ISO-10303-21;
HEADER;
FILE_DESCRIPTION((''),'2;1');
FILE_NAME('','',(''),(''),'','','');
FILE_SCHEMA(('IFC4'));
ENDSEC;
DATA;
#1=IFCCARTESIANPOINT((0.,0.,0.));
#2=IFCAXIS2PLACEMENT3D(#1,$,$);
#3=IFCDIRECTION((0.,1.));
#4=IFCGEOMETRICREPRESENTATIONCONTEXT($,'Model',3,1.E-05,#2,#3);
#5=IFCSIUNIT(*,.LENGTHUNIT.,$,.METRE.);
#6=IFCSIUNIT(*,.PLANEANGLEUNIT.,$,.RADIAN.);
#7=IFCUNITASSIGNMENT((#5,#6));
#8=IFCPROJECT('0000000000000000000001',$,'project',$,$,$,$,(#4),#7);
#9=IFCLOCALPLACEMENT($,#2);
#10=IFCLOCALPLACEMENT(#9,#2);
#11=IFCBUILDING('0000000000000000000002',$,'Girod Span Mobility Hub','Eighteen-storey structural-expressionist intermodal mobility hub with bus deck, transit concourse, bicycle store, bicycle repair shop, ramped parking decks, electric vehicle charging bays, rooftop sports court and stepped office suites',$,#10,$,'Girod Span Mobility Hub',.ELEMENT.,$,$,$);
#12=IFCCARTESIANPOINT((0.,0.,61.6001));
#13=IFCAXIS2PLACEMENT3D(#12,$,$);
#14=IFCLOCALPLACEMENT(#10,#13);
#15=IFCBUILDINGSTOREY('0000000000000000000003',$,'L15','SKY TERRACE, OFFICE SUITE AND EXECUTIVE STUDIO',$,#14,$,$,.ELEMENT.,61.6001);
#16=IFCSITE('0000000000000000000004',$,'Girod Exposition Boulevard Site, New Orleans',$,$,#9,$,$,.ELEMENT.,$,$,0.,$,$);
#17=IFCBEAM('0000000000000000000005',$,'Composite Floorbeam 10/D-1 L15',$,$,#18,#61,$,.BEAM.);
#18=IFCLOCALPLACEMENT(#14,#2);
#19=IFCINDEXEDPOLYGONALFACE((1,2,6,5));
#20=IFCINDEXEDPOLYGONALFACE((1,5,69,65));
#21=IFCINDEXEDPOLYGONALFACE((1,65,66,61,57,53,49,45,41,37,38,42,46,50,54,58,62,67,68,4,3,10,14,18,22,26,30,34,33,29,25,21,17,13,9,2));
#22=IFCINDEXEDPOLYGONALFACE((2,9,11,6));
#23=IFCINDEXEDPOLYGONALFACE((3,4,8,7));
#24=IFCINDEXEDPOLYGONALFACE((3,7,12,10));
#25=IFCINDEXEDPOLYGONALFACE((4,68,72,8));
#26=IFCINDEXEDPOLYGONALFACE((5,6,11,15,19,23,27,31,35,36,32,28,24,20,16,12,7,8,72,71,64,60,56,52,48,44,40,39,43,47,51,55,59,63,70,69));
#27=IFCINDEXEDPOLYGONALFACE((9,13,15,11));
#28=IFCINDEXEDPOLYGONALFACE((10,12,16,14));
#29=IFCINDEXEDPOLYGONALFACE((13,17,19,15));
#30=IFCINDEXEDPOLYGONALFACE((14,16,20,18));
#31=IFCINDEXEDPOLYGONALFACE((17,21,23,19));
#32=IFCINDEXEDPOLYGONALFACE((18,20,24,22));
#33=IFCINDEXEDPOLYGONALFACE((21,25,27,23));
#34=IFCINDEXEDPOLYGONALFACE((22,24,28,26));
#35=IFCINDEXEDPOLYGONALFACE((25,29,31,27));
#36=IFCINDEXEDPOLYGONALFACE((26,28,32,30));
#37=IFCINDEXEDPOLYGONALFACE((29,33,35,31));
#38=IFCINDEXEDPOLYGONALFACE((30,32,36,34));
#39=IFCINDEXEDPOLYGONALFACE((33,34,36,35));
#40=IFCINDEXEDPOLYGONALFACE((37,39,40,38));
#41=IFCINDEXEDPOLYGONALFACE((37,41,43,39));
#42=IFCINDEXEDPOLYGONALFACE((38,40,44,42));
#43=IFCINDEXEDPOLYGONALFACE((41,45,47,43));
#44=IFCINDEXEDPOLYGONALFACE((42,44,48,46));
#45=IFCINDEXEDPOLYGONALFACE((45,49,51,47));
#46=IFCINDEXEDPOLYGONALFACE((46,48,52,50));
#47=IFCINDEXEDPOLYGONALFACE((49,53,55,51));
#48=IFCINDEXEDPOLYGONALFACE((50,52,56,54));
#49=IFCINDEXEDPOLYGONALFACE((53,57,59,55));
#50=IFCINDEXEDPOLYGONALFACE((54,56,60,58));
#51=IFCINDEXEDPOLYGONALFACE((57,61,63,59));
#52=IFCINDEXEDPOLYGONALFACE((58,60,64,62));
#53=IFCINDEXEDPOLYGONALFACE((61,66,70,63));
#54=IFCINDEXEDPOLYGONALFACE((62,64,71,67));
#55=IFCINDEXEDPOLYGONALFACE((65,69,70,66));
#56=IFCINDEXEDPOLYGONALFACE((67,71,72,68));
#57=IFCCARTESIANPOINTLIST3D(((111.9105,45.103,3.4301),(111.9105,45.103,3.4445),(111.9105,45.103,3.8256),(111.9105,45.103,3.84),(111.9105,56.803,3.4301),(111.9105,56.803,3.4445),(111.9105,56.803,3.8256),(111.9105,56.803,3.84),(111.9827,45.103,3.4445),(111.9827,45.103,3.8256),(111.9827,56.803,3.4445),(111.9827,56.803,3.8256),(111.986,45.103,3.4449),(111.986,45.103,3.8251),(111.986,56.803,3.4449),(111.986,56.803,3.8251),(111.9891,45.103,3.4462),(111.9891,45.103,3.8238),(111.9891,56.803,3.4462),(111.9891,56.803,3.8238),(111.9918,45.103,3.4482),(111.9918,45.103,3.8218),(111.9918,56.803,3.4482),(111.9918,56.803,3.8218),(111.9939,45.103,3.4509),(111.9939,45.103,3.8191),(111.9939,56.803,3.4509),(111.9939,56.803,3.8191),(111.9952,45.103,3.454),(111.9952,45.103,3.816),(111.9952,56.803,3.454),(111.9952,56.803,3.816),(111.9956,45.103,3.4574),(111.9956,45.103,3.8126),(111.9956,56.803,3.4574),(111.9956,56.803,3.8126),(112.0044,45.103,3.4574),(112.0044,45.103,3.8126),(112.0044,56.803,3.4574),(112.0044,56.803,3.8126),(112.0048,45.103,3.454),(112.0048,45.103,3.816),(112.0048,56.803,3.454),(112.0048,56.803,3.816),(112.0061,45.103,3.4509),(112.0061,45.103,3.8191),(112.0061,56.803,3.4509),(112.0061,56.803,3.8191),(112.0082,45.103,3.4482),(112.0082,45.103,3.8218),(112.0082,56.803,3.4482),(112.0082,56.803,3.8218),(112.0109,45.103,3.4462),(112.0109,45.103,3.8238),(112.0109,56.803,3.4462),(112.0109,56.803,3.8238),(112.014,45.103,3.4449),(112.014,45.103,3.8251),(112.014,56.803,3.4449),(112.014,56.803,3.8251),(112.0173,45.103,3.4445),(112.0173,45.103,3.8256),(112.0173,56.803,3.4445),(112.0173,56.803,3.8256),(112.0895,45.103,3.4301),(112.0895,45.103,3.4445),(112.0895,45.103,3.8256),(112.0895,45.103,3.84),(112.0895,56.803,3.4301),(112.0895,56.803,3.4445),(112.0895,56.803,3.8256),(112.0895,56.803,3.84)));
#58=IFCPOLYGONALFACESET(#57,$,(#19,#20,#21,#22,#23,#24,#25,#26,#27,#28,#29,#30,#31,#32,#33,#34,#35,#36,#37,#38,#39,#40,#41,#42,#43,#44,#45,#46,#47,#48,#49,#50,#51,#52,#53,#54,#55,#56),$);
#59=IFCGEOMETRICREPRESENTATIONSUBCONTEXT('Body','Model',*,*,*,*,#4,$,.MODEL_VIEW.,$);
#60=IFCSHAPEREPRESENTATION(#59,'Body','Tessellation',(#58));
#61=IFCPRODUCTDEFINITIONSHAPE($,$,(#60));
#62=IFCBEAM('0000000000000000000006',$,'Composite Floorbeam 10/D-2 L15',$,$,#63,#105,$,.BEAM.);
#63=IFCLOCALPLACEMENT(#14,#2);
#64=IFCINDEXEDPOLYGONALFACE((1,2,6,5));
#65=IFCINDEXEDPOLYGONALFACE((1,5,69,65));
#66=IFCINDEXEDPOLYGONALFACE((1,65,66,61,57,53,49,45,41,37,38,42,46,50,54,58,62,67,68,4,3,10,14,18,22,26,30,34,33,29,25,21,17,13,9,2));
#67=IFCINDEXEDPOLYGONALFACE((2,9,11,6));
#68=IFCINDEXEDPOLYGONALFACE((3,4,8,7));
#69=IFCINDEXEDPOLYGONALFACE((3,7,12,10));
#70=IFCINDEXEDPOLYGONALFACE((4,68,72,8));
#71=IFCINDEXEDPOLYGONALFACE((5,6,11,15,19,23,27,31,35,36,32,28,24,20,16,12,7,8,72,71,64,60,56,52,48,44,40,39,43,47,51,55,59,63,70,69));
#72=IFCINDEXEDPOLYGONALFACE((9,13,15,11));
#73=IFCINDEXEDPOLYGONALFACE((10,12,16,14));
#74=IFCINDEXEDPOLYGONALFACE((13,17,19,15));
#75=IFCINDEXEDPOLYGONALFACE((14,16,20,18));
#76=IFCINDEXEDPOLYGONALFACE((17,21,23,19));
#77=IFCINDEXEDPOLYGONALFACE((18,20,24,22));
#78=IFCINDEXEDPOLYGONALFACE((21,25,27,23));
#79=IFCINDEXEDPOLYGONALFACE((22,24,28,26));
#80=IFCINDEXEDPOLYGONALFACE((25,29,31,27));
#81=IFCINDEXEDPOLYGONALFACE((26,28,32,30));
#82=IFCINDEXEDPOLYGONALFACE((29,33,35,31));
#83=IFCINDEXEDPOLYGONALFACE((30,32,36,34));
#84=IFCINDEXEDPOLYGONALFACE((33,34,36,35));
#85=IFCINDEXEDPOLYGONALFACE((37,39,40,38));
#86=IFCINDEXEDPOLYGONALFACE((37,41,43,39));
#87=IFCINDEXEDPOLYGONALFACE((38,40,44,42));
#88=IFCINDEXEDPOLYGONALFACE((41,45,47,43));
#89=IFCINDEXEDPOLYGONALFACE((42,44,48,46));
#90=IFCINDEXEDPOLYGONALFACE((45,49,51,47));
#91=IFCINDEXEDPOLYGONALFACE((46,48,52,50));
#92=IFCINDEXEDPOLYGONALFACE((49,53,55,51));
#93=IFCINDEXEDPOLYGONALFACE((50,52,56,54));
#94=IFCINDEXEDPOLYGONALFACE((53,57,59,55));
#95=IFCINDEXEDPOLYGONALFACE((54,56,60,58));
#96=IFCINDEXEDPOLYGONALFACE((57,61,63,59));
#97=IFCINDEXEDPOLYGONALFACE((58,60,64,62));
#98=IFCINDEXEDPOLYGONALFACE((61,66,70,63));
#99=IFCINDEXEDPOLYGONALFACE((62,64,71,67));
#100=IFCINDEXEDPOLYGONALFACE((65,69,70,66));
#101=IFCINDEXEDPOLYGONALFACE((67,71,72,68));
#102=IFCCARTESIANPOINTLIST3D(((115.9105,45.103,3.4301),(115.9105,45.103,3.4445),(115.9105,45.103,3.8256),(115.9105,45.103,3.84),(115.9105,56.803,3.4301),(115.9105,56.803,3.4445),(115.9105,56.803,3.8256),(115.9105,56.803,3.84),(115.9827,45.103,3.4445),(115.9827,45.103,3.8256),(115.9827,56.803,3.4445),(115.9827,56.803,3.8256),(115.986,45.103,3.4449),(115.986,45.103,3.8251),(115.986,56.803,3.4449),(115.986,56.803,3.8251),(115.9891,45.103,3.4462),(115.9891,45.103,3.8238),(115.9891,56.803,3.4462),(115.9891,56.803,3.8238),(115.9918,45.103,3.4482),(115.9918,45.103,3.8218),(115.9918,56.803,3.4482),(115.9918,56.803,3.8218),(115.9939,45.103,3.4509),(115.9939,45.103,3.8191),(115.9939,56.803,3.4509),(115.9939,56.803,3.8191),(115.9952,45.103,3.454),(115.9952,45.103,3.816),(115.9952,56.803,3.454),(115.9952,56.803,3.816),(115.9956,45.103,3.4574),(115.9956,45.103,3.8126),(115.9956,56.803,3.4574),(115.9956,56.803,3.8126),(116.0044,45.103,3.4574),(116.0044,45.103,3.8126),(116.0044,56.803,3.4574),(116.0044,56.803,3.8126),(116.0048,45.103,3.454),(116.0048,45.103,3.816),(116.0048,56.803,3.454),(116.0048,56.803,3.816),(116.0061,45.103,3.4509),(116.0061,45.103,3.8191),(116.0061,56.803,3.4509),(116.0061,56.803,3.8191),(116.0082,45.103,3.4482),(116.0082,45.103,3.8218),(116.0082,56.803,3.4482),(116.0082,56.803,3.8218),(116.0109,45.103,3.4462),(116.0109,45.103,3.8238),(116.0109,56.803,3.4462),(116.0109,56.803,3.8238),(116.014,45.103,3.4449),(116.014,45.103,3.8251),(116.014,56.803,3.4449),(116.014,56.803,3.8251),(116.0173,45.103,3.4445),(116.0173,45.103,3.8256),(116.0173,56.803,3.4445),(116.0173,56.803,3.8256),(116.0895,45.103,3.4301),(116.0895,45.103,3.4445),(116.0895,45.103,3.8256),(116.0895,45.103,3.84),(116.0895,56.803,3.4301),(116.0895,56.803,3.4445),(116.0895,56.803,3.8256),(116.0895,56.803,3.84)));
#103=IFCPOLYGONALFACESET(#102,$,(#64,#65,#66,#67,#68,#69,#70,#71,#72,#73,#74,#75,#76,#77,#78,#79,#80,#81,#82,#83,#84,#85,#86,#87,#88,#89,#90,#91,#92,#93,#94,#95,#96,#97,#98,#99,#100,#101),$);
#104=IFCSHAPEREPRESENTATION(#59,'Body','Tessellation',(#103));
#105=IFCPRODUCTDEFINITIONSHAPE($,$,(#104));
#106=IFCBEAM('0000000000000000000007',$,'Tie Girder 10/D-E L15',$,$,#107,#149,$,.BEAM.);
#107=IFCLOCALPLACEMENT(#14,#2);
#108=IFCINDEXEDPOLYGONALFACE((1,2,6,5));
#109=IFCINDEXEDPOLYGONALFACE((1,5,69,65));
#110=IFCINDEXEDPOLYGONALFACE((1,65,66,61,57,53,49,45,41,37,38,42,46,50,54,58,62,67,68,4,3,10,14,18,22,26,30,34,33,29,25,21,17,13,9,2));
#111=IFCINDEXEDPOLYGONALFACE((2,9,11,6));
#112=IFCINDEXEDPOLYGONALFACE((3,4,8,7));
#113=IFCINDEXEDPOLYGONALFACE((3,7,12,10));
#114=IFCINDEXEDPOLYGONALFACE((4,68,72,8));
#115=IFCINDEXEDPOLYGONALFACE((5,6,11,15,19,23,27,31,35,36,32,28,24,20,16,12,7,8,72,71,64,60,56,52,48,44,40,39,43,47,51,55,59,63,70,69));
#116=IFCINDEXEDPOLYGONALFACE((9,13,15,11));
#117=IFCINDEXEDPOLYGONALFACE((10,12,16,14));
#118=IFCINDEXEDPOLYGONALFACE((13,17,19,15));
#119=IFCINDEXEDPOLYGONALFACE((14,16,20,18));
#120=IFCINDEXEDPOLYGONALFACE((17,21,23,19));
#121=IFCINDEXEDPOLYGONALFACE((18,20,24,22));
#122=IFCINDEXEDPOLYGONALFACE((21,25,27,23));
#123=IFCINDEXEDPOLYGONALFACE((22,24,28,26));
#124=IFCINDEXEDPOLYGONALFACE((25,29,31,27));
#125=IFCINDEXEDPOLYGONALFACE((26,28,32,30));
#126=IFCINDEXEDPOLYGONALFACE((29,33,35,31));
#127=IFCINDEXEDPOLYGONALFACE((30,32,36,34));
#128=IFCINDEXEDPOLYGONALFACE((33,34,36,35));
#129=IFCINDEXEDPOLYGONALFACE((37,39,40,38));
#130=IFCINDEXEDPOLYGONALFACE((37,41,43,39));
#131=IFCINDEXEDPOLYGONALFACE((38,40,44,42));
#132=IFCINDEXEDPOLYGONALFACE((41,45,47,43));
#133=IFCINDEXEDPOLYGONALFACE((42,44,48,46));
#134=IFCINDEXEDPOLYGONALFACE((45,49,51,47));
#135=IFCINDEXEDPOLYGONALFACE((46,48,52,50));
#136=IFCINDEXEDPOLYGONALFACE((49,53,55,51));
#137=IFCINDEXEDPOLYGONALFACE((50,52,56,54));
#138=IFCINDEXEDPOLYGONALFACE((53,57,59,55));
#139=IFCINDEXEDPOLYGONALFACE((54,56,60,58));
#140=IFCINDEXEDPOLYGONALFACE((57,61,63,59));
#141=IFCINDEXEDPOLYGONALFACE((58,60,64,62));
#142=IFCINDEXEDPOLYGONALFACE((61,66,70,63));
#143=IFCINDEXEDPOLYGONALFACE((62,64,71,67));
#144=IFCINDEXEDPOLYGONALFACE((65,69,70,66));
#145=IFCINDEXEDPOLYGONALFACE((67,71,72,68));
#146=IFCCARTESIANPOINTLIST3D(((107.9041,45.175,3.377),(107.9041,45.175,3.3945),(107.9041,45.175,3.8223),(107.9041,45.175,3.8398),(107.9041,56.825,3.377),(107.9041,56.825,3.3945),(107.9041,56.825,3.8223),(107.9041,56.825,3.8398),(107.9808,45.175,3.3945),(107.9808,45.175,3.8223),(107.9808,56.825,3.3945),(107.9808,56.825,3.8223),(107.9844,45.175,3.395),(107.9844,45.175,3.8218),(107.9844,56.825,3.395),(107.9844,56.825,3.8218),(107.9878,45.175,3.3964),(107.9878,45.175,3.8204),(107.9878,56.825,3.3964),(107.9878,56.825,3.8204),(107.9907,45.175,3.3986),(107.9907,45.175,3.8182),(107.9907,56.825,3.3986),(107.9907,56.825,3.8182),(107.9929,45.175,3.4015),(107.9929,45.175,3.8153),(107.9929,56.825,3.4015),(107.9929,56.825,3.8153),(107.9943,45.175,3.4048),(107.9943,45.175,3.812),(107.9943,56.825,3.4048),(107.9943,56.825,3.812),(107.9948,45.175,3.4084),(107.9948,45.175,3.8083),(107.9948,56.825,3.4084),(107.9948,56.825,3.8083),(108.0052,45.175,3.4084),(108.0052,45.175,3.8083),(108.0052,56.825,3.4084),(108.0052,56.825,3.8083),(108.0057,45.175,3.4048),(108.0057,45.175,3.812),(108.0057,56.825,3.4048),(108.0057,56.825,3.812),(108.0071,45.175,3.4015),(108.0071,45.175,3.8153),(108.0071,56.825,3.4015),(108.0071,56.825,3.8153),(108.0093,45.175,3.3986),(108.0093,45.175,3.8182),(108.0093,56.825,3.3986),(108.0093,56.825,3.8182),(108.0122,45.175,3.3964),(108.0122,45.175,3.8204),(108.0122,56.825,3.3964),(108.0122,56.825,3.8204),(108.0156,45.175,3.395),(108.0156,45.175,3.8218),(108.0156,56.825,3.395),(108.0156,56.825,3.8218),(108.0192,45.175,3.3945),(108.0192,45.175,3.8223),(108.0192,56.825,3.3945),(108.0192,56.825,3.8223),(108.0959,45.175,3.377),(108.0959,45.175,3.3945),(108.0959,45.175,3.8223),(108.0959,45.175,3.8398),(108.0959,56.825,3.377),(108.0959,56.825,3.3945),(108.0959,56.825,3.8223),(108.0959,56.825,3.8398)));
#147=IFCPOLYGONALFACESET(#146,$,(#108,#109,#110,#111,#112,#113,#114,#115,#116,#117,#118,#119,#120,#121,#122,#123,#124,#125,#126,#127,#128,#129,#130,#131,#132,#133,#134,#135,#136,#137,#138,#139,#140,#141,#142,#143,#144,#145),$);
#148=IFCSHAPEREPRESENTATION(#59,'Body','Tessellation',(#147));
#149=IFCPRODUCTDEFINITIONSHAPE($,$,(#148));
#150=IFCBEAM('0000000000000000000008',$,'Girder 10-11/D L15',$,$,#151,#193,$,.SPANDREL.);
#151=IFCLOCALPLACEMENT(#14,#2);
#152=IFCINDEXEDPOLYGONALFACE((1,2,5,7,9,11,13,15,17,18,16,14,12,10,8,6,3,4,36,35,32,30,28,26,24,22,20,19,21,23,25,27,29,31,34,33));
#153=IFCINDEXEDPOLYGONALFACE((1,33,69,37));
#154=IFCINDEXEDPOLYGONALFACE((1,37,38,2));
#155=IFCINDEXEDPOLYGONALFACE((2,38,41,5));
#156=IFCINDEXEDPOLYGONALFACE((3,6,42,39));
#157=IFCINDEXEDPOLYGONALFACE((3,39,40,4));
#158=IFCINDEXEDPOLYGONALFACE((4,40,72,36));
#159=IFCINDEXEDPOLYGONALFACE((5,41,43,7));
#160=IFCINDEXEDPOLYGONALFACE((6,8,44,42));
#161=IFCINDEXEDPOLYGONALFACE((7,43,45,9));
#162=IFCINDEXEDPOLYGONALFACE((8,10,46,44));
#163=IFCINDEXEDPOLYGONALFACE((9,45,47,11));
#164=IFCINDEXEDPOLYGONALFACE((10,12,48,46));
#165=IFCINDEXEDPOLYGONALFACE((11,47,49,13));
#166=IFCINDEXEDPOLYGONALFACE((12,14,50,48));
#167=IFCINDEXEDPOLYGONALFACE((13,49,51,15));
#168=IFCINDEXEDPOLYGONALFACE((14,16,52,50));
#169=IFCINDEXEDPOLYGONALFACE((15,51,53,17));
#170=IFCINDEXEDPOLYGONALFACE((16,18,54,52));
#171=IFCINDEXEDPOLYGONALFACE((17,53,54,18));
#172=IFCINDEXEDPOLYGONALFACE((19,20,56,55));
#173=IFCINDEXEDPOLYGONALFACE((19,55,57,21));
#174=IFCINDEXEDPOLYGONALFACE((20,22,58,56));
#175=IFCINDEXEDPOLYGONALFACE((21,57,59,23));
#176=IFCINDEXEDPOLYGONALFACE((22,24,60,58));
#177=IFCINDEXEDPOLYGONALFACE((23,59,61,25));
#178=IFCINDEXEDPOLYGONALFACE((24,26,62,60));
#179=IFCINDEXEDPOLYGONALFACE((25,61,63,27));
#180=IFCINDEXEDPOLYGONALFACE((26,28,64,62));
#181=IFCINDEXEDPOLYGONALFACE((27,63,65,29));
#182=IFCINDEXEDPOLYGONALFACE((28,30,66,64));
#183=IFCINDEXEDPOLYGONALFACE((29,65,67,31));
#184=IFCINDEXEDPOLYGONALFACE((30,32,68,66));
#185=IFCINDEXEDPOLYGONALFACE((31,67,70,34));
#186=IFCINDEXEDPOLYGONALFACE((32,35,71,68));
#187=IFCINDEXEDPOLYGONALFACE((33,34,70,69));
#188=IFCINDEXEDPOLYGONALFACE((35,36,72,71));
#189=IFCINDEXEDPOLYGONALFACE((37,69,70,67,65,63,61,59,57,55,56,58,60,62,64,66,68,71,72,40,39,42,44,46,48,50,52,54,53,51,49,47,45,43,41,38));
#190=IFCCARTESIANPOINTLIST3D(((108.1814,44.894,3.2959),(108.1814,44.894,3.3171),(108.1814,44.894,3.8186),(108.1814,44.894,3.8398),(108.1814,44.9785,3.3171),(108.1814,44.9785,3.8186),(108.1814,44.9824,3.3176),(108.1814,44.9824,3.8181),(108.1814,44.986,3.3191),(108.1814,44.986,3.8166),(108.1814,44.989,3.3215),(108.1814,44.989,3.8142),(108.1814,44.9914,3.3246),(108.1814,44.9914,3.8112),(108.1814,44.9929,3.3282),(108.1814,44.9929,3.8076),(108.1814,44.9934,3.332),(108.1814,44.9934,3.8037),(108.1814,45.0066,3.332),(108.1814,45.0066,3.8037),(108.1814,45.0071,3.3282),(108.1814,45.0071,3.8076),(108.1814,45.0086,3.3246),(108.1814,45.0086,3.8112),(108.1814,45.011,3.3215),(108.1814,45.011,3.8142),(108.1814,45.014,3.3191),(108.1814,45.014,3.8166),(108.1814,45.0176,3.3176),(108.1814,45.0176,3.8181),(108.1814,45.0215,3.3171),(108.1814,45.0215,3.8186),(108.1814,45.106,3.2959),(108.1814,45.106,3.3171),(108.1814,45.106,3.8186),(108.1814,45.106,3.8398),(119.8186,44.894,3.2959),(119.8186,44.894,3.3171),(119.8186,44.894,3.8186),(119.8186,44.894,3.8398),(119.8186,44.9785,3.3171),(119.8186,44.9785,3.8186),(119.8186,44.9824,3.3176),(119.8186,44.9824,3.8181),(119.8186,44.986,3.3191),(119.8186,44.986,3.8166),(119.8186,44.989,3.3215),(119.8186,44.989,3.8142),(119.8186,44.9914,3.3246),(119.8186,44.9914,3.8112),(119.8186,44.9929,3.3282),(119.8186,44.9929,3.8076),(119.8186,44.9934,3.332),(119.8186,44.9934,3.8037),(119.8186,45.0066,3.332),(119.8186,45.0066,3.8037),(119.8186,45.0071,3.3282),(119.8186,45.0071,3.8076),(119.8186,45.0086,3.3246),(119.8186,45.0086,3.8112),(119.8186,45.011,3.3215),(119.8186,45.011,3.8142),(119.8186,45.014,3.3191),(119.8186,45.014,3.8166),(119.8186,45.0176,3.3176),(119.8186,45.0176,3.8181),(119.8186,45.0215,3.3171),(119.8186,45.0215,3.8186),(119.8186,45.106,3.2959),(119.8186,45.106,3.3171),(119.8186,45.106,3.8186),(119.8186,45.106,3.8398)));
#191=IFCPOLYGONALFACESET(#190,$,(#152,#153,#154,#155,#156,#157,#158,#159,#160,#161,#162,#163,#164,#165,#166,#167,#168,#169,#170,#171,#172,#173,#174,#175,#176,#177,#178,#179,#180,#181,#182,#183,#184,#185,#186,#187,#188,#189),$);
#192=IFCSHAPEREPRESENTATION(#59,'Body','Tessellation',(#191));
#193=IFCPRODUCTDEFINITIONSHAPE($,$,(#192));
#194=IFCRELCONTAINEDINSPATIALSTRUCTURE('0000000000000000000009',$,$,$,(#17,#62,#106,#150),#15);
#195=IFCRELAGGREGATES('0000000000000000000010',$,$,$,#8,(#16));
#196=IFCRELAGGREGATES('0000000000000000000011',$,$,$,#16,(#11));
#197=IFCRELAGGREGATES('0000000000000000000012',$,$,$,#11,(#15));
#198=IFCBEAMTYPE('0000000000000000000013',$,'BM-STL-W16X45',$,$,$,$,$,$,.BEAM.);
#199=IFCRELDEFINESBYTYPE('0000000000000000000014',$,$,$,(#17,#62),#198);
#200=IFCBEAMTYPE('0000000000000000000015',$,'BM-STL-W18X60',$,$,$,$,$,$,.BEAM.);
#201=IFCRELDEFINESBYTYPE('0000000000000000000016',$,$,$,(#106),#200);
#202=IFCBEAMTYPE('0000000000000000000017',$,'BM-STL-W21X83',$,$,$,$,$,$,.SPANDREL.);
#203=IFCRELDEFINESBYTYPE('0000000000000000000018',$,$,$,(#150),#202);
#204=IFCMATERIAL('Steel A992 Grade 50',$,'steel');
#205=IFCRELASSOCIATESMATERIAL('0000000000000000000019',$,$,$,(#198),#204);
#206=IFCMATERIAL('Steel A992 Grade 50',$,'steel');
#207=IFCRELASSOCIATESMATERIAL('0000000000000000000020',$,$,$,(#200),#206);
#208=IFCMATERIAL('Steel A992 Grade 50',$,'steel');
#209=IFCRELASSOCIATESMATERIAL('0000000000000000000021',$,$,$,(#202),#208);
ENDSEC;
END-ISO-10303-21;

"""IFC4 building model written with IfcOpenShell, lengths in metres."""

from ifc_helpers import new_model, si_unit, direction, frame, origin, origin_2d, place, context, subcontext, project, spatial, i_section, extrude, material, material_profile, profile_set, type_object, element, save


model = new_model("IFC4")

# Units and contexts
model_context = context("Model", 3, precision=1e-05, world=origin(), true_north=direction((0.0, 1.0)))
body_context = subcontext(model_context, "Body", "Model", "MODEL_VIEW")
ifc_project = project(units=[si_unit("LENGTHUNIT", "METRE"), si_unit("PLANEANGLEUNIT", "RADIAN")], contexts=[model_context])

# Site, building, storey
site_placement = place(None, origin())
site = spatial("IfcSite", under=ifc_project, at=site_placement, Name="Girod Exposition Boulevard Site, New Orleans", CompositionType="ELEMENT", RefElevation=0.0)
building_placement = place(site_placement, origin())
building = spatial("IfcBuilding", under=site, at=building_placement, Name="Girod Span Mobility Hub", Description="Eighteen-storey structural-expressionist intermodal mobility hub with bus deck, transit concourse, bicycle store, bicycle repair shop, ramped parking decks, electric vehicle charging bays, rooftop sports court and stepped office suites", LongName="Girod Span Mobility Hub", CompositionType="ELEMENT")
storey_placement = place(building_placement, frame((0.0, 0.0, 61.6001)))
storey = spatial("IfcBuildingStorey", under=building, at=storey_placement, Name="L15", Description="SKY TERRACE, OFFICE SUITE AND EXECUTIVE STUDIO", CompositionType="ELEMENT", Elevation=61.6001)

# Beams
ifc_material_1 = material(Name="Steel A992 Grade 50", Category="steel")
ifc_material_profile_1 = material_profile(ifc_material_1, i_section(OverallWidth=0.179, OverallDepth=0.4099, WebThickness=0.0088, FlangeThickness=0.0144, FilletRadius=0.0129, at=origin_2d()), Name="W16X45")
ifc_profile_set_1 = profile_set([ifc_material_profile_1], Name="Steel A992 Grade 50")
beam_type_1 = type_object("IfcBeamType", Name="BM-STL-W16X45", PredefinedType="BEAM", material=ifc_profile_set_1)
for number, where, z_axis, x_axis, name in (
    (1, (112.0, 45.103, 3.635), (0.0, 1.0, 0.0), (-1.0, 0.0, 0.0), "Composite Floorbeam 10/D-1 L15"),
    (2, (116.0, 45.103, 3.635), (0.0, 1.0, 0.0), (-1.0, 0.0, 0.0), "Composite Floorbeam 10/D-2 L15"),
):
    element("IfcBeam", number, at=place(storey_placement, frame(where, z_axis=z_axis, x_axis=x_axis)), inside=storey, type_object=beam_type_1, Name=name, PredefinedType="BEAM", context=body_context, shape_type="SweptSolid", body=[
        extrude(i_section(OverallWidth=0.179, OverallDepth=0.4099, WebThickness=0.0088, FlangeThickness=0.0144, FilletRadius=0.0129, at=origin_2d()), origin(), (0.0, 0.0, 1.0), 11.7),
    ])
ifc_material_2 = material(Name="Steel A992 Grade 50", Category="steel")
ifc_material_profile_2 = material_profile(ifc_material_2, i_section(OverallWidth=0.1919, OverallDepth=0.4629, WebThickness=0.0105, FlangeThickness=0.0176, FilletRadius=0.0139, at=origin_2d()), Name="W18X60")
ifc_profile_set_2 = profile_set([ifc_material_profile_2], Name="Steel A992 Grade 50")
beam_type_2 = type_object("IfcBeamType", Name="BM-STL-W18X60", PredefinedType="BEAM", material=ifc_profile_set_2)
beam_1_placement = place(storey_placement, frame((108.0, 45.175, 3.6084), z_axis=(0.0, 1.0, 0.0), x_axis=(-1.0, 0.0, 0.0)))
element("IfcBeam", 3, at=beam_1_placement, inside=storey, type_object=beam_type_2, Name="Tie Girder 10/D-E L15", PredefinedType="BEAM", context=body_context, shape_type="SweptSolid", body=[
    extrude(i_section(OverallWidth=0.1919, OverallDepth=0.4629, WebThickness=0.0105, FlangeThickness=0.0176, FilletRadius=0.0139, at=origin_2d()), origin(), (0.0, 0.0, 1.0), 11.6499),
])
ifc_material_3 = material(Name="Steel A992 Grade 50", Category="steel")
ifc_material_profile_3 = material_profile(ifc_material_3, i_section(OverallWidth=0.2119, OverallDepth=0.5439, WebThickness=0.0132, FlangeThickness=0.0212, FilletRadius=0.0149, at=origin_2d()), Name="W21X83")
ifc_profile_set_3 = profile_set([ifc_material_profile_3], Name="Steel A992 Grade 50")
beam_type_3 = type_object("IfcBeamType", Name="BM-STL-W21X83", PredefinedType="SPANDREL", material=ifc_profile_set_3)
beam_2_placement = place(storey_placement, frame((108.1814, 45.0, 3.5679), z_axis=(1.0, 0.0, 0.0), x_axis=(0.0, 1.0, 0.0)))
element("IfcBeam", 4, at=beam_2_placement, inside=storey, type_object=beam_type_3, Name="Girder 10-11/D L15", PredefinedType="SPANDREL", context=body_context, shape_type="SweptSolid", body=[
    extrude(i_section(OverallWidth=0.2119, OverallDepth=0.5439, WebThickness=0.0132, FlangeThickness=0.0212, FilletRadius=0.0149, at=origin_2d()), origin(), (0.0, 0.0, 1.0), 11.6372),
])

save(model, "model.ifc")
